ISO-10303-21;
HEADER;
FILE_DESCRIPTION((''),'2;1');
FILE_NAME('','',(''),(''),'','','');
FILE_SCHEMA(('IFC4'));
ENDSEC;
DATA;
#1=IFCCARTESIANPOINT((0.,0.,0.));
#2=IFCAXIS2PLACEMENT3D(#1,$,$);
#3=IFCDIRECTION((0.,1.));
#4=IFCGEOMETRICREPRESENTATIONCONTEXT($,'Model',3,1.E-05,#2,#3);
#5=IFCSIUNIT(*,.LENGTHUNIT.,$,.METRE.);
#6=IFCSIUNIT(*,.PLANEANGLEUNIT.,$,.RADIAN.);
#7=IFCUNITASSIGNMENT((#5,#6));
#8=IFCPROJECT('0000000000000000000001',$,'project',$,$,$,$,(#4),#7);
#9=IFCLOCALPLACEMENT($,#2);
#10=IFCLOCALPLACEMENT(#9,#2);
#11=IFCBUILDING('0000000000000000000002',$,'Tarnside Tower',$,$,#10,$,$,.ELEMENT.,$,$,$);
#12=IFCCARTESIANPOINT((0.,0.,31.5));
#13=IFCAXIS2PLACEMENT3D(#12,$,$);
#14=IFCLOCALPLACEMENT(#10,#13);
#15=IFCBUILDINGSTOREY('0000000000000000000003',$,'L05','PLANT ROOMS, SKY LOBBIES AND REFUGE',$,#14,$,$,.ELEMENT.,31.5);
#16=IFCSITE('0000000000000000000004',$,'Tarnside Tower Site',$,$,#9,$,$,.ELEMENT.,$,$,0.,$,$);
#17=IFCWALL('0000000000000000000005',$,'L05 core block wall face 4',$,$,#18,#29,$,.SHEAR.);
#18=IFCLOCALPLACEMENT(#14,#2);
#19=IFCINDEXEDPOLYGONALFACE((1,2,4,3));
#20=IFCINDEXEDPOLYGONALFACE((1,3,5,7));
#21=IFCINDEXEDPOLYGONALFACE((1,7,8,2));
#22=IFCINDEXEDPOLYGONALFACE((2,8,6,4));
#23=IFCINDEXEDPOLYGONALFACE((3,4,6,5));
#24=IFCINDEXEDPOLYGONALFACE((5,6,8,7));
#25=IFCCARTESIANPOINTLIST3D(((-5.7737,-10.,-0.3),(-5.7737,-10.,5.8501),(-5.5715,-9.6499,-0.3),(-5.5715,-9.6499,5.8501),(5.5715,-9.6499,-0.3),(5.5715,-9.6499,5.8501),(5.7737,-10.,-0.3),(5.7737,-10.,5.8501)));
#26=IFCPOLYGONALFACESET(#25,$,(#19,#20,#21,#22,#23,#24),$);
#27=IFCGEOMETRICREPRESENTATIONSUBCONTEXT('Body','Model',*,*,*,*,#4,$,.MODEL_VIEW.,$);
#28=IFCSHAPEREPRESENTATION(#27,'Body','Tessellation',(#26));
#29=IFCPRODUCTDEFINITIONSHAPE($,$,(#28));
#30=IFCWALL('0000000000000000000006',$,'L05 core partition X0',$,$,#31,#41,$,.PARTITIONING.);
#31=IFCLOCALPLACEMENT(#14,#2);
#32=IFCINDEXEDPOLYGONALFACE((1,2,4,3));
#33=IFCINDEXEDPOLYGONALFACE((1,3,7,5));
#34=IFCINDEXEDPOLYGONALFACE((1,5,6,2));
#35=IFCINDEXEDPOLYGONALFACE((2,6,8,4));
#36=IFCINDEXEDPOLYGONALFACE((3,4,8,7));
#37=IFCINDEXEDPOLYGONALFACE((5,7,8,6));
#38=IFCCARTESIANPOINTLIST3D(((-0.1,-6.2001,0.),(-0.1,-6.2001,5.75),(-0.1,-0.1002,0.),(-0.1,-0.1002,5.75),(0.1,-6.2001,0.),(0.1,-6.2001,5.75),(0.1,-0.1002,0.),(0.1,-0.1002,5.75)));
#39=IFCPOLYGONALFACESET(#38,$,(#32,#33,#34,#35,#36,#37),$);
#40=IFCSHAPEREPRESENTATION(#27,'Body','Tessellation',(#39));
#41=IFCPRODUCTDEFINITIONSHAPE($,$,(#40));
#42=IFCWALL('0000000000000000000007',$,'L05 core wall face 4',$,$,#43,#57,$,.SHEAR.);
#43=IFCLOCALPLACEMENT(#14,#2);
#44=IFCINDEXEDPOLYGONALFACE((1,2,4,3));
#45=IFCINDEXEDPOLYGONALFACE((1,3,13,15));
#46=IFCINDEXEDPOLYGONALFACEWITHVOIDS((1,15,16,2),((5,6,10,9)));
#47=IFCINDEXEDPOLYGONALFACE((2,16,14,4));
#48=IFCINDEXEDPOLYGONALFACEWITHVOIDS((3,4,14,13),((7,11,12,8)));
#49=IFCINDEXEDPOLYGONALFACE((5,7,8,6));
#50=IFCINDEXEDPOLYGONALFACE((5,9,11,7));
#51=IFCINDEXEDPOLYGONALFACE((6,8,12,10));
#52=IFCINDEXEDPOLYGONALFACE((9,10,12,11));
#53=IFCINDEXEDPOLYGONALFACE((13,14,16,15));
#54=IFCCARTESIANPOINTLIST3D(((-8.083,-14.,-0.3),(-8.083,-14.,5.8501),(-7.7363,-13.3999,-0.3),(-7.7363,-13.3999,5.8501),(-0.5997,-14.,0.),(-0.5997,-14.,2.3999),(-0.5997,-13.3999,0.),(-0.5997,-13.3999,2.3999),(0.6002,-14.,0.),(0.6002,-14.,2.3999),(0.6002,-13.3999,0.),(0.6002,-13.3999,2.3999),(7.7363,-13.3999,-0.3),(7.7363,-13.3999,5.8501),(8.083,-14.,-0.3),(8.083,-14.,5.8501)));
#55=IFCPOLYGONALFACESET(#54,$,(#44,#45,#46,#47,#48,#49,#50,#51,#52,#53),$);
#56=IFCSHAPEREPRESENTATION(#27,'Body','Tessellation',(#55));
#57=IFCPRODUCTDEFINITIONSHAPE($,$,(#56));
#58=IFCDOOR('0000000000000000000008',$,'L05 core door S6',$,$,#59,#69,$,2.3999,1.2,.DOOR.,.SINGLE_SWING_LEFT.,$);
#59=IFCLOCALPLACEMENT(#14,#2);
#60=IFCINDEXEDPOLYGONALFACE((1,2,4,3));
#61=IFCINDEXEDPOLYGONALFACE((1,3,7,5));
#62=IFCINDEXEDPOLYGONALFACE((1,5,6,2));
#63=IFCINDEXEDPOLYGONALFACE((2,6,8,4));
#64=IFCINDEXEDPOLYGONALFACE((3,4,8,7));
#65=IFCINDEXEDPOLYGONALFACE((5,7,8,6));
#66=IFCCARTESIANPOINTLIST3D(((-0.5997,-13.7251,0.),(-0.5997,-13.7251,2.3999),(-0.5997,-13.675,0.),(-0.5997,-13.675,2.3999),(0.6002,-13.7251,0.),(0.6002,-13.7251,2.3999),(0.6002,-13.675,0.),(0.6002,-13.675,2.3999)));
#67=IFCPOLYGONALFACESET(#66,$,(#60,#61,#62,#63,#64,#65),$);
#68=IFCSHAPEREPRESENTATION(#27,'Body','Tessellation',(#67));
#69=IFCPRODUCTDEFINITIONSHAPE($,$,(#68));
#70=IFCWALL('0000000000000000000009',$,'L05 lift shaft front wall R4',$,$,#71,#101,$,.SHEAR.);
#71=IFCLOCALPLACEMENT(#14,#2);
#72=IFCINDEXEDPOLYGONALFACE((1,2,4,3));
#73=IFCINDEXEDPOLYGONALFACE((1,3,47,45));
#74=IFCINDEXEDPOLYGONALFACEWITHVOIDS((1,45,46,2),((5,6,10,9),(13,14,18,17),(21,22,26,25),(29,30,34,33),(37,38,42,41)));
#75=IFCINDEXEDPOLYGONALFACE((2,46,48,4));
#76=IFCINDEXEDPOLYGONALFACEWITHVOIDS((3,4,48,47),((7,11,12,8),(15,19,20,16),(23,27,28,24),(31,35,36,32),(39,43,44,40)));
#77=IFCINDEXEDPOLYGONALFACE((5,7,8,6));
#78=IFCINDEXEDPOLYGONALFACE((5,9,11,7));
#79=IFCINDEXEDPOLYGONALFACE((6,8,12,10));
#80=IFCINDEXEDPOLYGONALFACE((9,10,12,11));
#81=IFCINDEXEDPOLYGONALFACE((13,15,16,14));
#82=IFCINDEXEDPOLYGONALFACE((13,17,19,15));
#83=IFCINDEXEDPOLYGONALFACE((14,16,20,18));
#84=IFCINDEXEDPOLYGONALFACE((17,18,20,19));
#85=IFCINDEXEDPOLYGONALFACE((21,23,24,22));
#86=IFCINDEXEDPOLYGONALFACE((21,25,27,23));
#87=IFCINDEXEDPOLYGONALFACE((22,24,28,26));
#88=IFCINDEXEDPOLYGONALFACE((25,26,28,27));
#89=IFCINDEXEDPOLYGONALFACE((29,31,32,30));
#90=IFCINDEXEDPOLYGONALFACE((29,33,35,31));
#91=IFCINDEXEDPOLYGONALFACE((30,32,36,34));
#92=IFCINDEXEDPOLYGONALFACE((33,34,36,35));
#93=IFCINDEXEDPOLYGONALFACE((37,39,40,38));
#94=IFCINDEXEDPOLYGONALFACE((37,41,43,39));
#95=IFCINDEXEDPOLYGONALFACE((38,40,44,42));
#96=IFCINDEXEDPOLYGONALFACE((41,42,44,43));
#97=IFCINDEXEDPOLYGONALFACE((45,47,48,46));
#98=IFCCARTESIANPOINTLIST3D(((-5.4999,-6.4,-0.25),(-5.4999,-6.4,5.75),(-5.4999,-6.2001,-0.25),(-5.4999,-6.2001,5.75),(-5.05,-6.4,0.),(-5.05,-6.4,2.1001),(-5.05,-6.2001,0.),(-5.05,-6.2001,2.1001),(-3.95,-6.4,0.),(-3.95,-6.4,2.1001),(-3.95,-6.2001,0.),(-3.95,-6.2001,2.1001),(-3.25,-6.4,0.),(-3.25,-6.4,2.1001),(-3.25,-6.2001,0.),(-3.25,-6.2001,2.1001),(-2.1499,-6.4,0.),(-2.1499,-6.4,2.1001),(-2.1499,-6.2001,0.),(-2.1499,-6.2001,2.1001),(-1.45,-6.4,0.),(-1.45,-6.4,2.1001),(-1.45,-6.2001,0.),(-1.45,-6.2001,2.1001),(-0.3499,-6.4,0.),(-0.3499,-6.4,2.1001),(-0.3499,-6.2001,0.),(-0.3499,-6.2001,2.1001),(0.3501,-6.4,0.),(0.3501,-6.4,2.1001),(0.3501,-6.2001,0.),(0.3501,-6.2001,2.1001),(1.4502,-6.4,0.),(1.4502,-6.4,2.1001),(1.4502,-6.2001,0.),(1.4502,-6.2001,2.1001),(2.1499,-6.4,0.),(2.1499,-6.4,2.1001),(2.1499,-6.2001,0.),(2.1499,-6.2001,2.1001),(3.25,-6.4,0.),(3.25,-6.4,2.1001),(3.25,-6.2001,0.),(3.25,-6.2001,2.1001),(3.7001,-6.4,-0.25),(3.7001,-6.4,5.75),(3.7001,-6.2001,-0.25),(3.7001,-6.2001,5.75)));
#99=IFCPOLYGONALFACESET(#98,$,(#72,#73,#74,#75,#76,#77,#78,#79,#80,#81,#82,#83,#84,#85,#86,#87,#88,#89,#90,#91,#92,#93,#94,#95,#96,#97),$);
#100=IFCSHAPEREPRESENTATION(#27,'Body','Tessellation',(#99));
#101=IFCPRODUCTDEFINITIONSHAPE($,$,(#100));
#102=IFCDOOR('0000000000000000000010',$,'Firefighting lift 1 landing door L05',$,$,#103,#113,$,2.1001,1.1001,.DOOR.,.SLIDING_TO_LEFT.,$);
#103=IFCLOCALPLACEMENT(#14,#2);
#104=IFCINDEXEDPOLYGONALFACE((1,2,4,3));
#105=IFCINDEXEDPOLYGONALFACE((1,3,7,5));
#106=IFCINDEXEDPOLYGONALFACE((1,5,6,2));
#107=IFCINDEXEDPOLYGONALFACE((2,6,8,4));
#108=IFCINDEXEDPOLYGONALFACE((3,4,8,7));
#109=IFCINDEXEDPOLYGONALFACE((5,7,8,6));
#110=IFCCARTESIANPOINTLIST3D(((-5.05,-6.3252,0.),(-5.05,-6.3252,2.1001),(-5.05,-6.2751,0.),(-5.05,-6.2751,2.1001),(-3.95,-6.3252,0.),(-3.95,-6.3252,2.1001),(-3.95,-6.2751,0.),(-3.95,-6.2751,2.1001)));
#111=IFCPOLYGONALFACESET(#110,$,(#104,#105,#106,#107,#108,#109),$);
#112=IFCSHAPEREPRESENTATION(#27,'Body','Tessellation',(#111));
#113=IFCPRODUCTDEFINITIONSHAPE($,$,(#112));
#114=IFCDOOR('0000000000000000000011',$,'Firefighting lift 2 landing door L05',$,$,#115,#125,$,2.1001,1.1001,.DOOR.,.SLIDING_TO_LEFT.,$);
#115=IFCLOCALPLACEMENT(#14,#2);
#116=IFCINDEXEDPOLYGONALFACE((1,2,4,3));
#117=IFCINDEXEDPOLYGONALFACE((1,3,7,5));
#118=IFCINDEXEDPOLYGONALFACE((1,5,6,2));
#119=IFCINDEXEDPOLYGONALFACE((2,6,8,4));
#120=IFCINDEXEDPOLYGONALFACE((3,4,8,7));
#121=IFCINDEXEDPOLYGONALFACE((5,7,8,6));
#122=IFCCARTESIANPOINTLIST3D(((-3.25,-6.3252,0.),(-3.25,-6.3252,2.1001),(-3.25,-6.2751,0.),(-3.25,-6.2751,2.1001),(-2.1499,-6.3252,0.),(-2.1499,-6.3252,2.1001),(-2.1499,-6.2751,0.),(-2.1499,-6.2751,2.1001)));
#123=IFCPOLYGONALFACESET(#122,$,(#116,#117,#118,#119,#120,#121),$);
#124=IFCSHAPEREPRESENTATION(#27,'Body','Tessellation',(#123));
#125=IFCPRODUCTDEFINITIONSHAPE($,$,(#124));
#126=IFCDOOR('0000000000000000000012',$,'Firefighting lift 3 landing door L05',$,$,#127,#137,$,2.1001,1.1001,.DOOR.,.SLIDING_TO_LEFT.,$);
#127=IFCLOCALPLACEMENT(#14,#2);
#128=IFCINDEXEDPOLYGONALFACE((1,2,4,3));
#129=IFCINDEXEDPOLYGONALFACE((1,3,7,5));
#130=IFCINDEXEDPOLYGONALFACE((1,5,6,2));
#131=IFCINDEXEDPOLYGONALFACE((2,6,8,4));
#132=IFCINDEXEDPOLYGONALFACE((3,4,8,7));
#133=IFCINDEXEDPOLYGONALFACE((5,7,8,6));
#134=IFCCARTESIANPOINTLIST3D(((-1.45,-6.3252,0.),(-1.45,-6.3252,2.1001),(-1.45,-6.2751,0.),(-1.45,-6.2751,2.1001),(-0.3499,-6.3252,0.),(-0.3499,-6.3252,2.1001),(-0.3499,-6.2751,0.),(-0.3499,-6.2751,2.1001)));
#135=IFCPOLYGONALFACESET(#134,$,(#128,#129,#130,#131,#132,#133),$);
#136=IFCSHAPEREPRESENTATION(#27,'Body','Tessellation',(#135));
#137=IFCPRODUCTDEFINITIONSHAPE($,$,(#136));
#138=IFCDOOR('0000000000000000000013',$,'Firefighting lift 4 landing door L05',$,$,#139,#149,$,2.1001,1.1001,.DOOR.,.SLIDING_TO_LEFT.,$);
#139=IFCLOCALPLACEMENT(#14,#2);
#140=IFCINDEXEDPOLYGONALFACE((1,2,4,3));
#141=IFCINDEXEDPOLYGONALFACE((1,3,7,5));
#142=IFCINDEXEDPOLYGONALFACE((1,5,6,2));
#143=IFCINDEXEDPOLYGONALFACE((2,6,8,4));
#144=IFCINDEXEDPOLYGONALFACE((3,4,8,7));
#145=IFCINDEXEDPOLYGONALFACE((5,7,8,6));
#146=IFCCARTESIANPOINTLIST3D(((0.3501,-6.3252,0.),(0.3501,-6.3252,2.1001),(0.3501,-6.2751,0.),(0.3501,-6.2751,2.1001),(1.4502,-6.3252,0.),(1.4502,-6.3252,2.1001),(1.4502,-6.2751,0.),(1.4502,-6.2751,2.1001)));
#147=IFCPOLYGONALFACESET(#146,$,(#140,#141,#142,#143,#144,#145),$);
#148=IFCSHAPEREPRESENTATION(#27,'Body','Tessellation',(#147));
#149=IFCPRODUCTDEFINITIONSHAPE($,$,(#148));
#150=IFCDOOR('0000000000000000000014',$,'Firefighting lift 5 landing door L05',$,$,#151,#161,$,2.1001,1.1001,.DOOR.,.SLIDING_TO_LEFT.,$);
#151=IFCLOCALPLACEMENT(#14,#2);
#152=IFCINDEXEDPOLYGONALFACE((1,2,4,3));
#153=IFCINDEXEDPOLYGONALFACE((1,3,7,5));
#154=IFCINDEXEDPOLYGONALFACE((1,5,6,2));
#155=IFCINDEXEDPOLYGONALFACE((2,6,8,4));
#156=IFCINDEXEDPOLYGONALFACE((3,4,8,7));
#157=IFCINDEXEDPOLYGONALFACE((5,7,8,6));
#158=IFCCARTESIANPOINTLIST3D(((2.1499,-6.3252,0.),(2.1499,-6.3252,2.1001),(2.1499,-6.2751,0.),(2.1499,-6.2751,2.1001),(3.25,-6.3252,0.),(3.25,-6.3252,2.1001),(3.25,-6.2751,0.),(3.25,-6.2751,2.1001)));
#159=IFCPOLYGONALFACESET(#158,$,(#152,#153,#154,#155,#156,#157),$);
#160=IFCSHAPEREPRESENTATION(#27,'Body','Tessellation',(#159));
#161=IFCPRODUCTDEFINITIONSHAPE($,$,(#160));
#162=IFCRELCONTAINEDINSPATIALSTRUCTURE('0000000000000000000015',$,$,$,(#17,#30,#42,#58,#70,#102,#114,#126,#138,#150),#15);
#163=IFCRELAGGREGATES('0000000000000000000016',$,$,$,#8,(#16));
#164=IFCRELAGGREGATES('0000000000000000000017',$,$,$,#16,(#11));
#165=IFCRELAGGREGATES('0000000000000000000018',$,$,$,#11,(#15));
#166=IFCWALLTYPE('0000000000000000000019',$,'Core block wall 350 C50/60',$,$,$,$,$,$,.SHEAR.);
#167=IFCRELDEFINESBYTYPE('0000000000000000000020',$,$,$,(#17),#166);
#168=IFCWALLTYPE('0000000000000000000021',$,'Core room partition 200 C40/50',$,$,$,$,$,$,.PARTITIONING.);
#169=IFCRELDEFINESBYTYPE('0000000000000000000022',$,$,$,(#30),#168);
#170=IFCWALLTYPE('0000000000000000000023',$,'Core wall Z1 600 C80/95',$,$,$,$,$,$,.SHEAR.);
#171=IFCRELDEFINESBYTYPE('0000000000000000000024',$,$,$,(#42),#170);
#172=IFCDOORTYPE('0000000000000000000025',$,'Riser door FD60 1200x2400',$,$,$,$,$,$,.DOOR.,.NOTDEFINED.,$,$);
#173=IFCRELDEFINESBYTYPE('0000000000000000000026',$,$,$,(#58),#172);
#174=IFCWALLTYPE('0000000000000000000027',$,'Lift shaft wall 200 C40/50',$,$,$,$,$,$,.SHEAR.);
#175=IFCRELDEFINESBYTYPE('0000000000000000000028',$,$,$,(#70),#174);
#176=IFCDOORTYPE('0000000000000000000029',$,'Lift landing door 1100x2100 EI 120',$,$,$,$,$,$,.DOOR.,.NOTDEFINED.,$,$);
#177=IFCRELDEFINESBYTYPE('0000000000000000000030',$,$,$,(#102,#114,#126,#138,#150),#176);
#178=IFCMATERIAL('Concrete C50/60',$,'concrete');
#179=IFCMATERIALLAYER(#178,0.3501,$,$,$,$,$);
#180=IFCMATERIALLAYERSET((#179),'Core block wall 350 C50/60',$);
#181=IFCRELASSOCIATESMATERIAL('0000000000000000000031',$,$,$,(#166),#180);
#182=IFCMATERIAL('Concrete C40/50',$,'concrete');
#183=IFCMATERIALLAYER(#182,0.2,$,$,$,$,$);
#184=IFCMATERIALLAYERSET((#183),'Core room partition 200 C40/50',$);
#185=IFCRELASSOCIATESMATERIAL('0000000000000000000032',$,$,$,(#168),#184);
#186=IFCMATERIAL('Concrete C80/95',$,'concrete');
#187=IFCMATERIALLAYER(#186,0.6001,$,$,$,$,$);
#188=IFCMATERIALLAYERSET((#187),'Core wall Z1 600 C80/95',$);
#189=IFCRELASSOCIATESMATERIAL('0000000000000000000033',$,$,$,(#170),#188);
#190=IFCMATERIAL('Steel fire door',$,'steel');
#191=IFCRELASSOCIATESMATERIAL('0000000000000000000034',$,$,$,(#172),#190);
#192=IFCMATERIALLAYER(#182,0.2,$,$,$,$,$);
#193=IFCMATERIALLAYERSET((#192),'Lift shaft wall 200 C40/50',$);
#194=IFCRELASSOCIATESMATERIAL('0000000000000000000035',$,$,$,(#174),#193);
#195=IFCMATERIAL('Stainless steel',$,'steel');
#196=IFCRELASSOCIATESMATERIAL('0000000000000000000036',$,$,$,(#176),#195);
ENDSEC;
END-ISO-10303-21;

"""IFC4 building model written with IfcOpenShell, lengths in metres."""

from ifc_helpers import new_model, si_unit, direction, frame, frame_2d, origin, place, context, subcontext, project, spatial, polyline, rectangle, outline, extrude, material, layer, layer_set, type_object, element, fill, save


model = new_model("IFC4")

# Units and contexts
model_context = context("Model", 3, precision=1e-05, world=origin(), true_north=direction((0.0, 1.0)))
body_context = subcontext(model_context, "Body", "Model", "MODEL_VIEW")
ifc_project = project(units=[si_unit("LENGTHUNIT", "METRE"), si_unit("PLANEANGLEUNIT", "RADIAN")], contexts=[model_context])

# Site, building, storey
site_placement = place(None, origin())
site = spatial("IfcSite", under=ifc_project, at=site_placement, Name="Tarnside Tower Site", CompositionType="ELEMENT", RefElevation=0.0)
building_placement = place(site_placement, origin())
building = spatial("IfcBuilding", under=site, at=building_placement, Name="Tarnside Tower", CompositionType="ELEMENT")
storey_placement = place(building_placement, frame((0.0, 0.0, 31.5)))
storey = spatial("IfcBuildingStorey", under=building, at=storey_placement, Name="L05", Description="PLANT ROOMS, SKY LOBBIES AND REFUGE", CompositionType="ELEMENT", Elevation=31.5)

# Walls
ifc_material_1 = material(Name="Concrete C50/60", Category="concrete")
ifc_layer_1 = layer(ifc_material_1, 0.3501)
ifc_layer_set_1 = layer_set([ifc_layer_1], Name="Core block wall 350 C50/60")
wall_type_1 = type_object("IfcWallType", Name="Core block wall 350 C50/60", PredefinedType="SHEAR", material=ifc_layer_set_1)
wall_1_placement = place(storey_placement, frame((-5.6726, -9.825, -0.3), z_axis=(0.0, 0.0, 1.0), x_axis=(1.0, 0.0, 0.0)))
element("IfcWall", 1, at=wall_1_placement, inside=storey, type_object=wall_type_1, Name="L05 core block wall face 4", PredefinedType="SHEAR", context=body_context, shape_type="SweptSolid", body=[
    extrude(outline(polyline([(-0.1011, -0.175), (11.4463, -0.175), (11.2441, 0.175), (0.1011, 0.175), (-0.1011, -0.175)])), origin(), (0.0, 0.0, 1.0), 6.1501),
])
ifc_material_2 = material(Name="Concrete C40/50", Category="concrete")
ifc_layer_2 = layer(ifc_material_2, 0.2)
ifc_layer_set_2 = layer_set([ifc_layer_2], Name="Core room partition 200 C40/50")
wall_type_2 = type_object("IfcWallType", Name="Core room partition 200 C40/50", PredefinedType="PARTITIONING", material=ifc_layer_set_2)
wall_2_placement = place(storey_placement, frame((0.0, -6.2, 0.0), z_axis=(0.0, 0.0, 1.0), x_axis=(0.0, 1.0, 0.0)))
element("IfcWall", 2, at=wall_2_placement, inside=storey, type_object=wall_type_2, Name="L05 core partition X0", PredefinedType="PARTITIONING", context=body_context, shape_type="SweptSolid", body=[
    extrude(rectangle(XDim=6.0999, YDim=0.2, at=frame_2d((3.0498, 0.0))), origin(), (0.0, 0.0, 1.0), 5.75),
])

# Wall, opening, door
ifc_material_3 = material(Name="Concrete C80/95", Category="concrete")
ifc_layer_3 = layer(ifc_material_3, 0.6001)
ifc_layer_set_3 = layer_set([ifc_layer_3], Name="Core wall Z1 600 C80/95")
wall_type_3 = type_object("IfcWallType", Name="Core wall Z1 600 C80/95", PredefinedType="SHEAR", material=ifc_layer_set_3)
wall_3_placement = place(storey_placement, frame((-7.9097, -13.7, -0.3), z_axis=(0.0, 0.0, 1.0), x_axis=(1.0, 0.0, 0.0)))
wall_3 = element("IfcWall", 3, at=wall_3_placement, inside=storey, type_object=wall_type_3, Name="L05 core wall face 4", PredefinedType="SHEAR", context=body_context, shape_type="SweptSolid", body=[
    extrude(outline(polyline([(-0.1733, -0.3), (15.9927, -0.3), (15.646, 0.3), (0.1733, 0.3), (-0.1733, -0.3)])), origin(), (0.0, 0.0, 1.0), 6.1501),
])
opening_1_placement = place(wall_3_placement, frame((7.3098, 0.0, 0.3)))
opening_1 = element("IfcOpeningElement", 4, at=opening_1_placement, cuts=wall_3, PredefinedType="OPENING", context=body_context, shape_type="SweptSolid", body=[
    extrude(rectangle(XDim=1.2, YDim=2.3999, at=frame_2d((0.6001, 1.2))), frame((0.0, 0.3101, 0.0), z_axis=(0.0, -1.0, 0.0), x_axis=(1.0, 0.0, 0.0)), (0.0, 0.0, 1.0), 0.6201),
])
ifc_material_4 = material(Name="Steel fire door", Category="steel")
door_type_1 = type_object("IfcDoorType", Name="Riser door FD60 1200x2400", OperationType="NOTDEFINED", PredefinedType="DOOR", material=ifc_material_4)
door_1_placement = place(opening_1_placement, origin())
door_1 = element("IfcDoor", 5, at=door_1_placement, inside=storey, type_object=door_type_1, Name="L05 core door S6", OperationType="SINGLE_SWING_LEFT", OverallHeight=2.3999, OverallWidth=1.2, PredefinedType="DOOR", context=body_context, shape_type="SweptSolid", body=[
    extrude(rectangle(XDim=1.2, YDim=2.3999, at=frame_2d((0.6001, 1.2))), frame((0.0, 0.0249, 0.0), z_axis=(0.0, -1.0, 0.0), x_axis=(1.0, 0.0, 0.0)), (0.0, 0.0, 1.0), 0.05),
])
fill(opening_1, door_1)

# Wall, openings, doors
ifc_layer_4 = layer(ifc_material_2, 0.2)
ifc_layer_set_4 = layer_set([ifc_layer_4], Name="Lift shaft wall 200 C40/50")
wall_type_4 = type_object("IfcWallType", Name="Lift shaft wall 200 C40/50", PredefinedType="SHEAR", material=ifc_layer_set_4)
wall_4_placement = place(storey_placement, frame((-5.5, -6.3, -0.25), z_axis=(0.0, 0.0, 1.0), x_axis=(1.0, 0.0, 0.0)))
wall_4 = element("IfcWall", 6, at=wall_4_placement, inside=storey, type_object=wall_type_4, Name="L05 lift shaft front wall R4", PredefinedType="SHEAR", context=body_context, shape_type="SweptSolid", body=[
    extrude(rectangle(XDim=9.2, YDim=0.2, at=frame_2d((4.6001, 0.0))), origin(), (0.0, 0.0, 1.0), 6.0),
])
opening_2_placement = place(wall_4_placement, frame((0.45, 0.0, 0.25)))
opening_2 = element("IfcOpeningElement", 7, at=opening_2_placement, cuts=wall_4, PredefinedType="OPENING", context=body_context, shape_type="SweptSolid", body=[
    extrude(rectangle(XDim=1.1001, YDim=2.1001, at=frame_2d((0.55, 1.05))), frame((0.0, 0.1099, 0.0), z_axis=(0.0, -1.0, 0.0), x_axis=(1.0, 0.0, 0.0)), (0.0, 0.0, 1.0), 0.22),
])
opening_3_placement = place(wall_4_placement, frame((2.25, 0.0, 0.25)))
opening_3 = element("IfcOpeningElement", 8, at=opening_3_placement, cuts=wall_4, PredefinedType="OPENING", context=body_context, shape_type="SweptSolid", body=[
    extrude(rectangle(XDim=1.1001, YDim=2.1001, at=frame_2d((0.55, 1.05))), frame((0.0, 0.1099, 0.0), z_axis=(0.0, -1.0, 0.0), x_axis=(1.0, 0.0, 0.0)), (0.0, 0.0, 1.0), 0.22),
])
opening_4_placement = place(wall_4_placement, frame((4.05, 0.0, 0.25)))
opening_4 = element("IfcOpeningElement", 9, at=opening_4_placement, cuts=wall_4, PredefinedType="OPENING", context=body_context, shape_type="SweptSolid", body=[
    extrude(rectangle(XDim=1.1001, YDim=2.1001, at=frame_2d((0.55, 1.05))), frame((0.0, 0.1099, 0.0), z_axis=(0.0, -1.0, 0.0), x_axis=(1.0, 0.0, 0.0)), (0.0, 0.0, 1.0), 0.22),
])
opening_5_placement = place(wall_4_placement, frame((5.8501, 0.0, 0.25)))
opening_5 = element("IfcOpeningElement", 10, at=opening_5_placement, cuts=wall_4, PredefinedType="OPENING", context=body_context, shape_type="SweptSolid", body=[
    extrude(rectangle(XDim=1.1001, YDim=2.1001, at=frame_2d((0.55, 1.05))), frame((0.0, 0.1099, 0.0), z_axis=(0.0, -1.0, 0.0), x_axis=(1.0, 0.0, 0.0)), (0.0, 0.0, 1.0), 0.22),
])
opening_6_placement = place(wall_4_placement, frame((7.6499, 0.0, 0.25)))
opening_6 = element("IfcOpeningElement", 11, at=opening_6_placement, cuts=wall_4, PredefinedType="OPENING", context=body_context, shape_type="SweptSolid", body=[
    extrude(rectangle(XDim=1.1001, YDim=2.1001, at=frame_2d((0.55, 1.05))), frame((0.0, 0.1099, 0.0), z_axis=(0.0, -1.0, 0.0), x_axis=(1.0, 0.0, 0.0)), (0.0, 0.0, 1.0), 0.22),
])
ifc_material_5 = material(Name="Stainless steel", Category="steel")
door_type_2 = type_object("IfcDoorType", Name="Lift landing door 1100x2100 EI 120", OperationType="NOTDEFINED", PredefinedType="DOOR", material=ifc_material_5)
door_2_placement = place(opening_2_placement, origin())
door_2 = element("IfcDoor", 12, at=door_2_placement, inside=storey, type_object=door_type_2, Name="Firefighting lift 1 landing door L05", OperationType="SLIDING_TO_LEFT", OverallHeight=2.1001, OverallWidth=1.1001, PredefinedType="DOOR", context=body_context, shape_type="SweptSolid", body=[
    extrude(rectangle(XDim=1.1001, YDim=2.1001, at=frame_2d((0.55, 1.05))), frame((0.0, 0.0249, 0.0), z_axis=(0.0, -1.0, 0.0), x_axis=(1.0, 0.0, 0.0)), (0.0, 0.0, 1.0), 0.05),
])
fill(opening_2, door_2)
door_3_placement = place(opening_3_placement, origin())
door_3 = element("IfcDoor", 13, at=door_3_placement, inside=storey, type_object=door_type_2, Name="Firefighting lift 2 landing door L05", OperationType="SLIDING_TO_LEFT", OverallHeight=2.1001, OverallWidth=1.1001, PredefinedType="DOOR", context=body_context, shape_type="SweptSolid", body=[
    extrude(rectangle(XDim=1.1001, YDim=2.1001, at=frame_2d((0.55, 1.05))), frame((0.0, 0.0249, 0.0), z_axis=(0.0, -1.0, 0.0), x_axis=(1.0, 0.0, 0.0)), (0.0, 0.0, 1.0), 0.05),
])
fill(opening_3, door_3)
door_4_placement = place(opening_4_placement, origin())
door_4 = element("IfcDoor", 14, at=door_4_placement, inside=storey, type_object=door_type_2, Name="Firefighting lift 3 landing door L05", OperationType="SLIDING_TO_LEFT", OverallHeight=2.1001, OverallWidth=1.1001, PredefinedType="DOOR", context=body_context, shape_type="SweptSolid", body=[
    extrude(rectangle(XDim=1.1001, YDim=2.1001, at=frame_2d((0.55, 1.05))), frame((0.0, 0.0249, 0.0), z_axis=(0.0, -1.0, 0.0), x_axis=(1.0, 0.0, 0.0)), (0.0, 0.0, 1.0), 0.05),
])
fill(opening_4, door_4)
door_5_placement = place(opening_5_placement, origin())
door_5 = element("IfcDoor", 15, at=door_5_placement, inside=storey, type_object=door_type_2, Name="Firefighting lift 4 landing door L05", OperationType="SLIDING_TO_LEFT", OverallHeight=2.1001, OverallWidth=1.1001, PredefinedType="DOOR", context=body_context, shape_type="SweptSolid", body=[
    extrude(rectangle(XDim=1.1001, YDim=2.1001, at=frame_2d((0.55, 1.05))), frame((0.0, 0.0249, 0.0), z_axis=(0.0, -1.0, 0.0), x_axis=(1.0, 0.0, 0.0)), (0.0, 0.0, 1.0), 0.05),
])
fill(opening_5, door_5)
door_6_placement = place(opening_6_placement, origin())
door_6 = element("IfcDoor", 16, at=door_6_placement, inside=storey, type_object=door_type_2, Name="Firefighting lift 5 landing door L05", OperationType="SLIDING_TO_LEFT", OverallHeight=2.1001, OverallWidth=1.1001, PredefinedType="DOOR", context=body_context, shape_type="SweptSolid", body=[
    extrude(rectangle(XDim=1.1001, YDim=2.1001, at=frame_2d((0.55, 1.05))), frame((0.0, 0.0249, 0.0), z_axis=(0.0, -1.0, 0.0), x_axis=(1.0, 0.0, 0.0)), (0.0, 0.0, 1.0), 0.05),
])
fill(opening_6, door_6)

save(model, "model.ifc")
